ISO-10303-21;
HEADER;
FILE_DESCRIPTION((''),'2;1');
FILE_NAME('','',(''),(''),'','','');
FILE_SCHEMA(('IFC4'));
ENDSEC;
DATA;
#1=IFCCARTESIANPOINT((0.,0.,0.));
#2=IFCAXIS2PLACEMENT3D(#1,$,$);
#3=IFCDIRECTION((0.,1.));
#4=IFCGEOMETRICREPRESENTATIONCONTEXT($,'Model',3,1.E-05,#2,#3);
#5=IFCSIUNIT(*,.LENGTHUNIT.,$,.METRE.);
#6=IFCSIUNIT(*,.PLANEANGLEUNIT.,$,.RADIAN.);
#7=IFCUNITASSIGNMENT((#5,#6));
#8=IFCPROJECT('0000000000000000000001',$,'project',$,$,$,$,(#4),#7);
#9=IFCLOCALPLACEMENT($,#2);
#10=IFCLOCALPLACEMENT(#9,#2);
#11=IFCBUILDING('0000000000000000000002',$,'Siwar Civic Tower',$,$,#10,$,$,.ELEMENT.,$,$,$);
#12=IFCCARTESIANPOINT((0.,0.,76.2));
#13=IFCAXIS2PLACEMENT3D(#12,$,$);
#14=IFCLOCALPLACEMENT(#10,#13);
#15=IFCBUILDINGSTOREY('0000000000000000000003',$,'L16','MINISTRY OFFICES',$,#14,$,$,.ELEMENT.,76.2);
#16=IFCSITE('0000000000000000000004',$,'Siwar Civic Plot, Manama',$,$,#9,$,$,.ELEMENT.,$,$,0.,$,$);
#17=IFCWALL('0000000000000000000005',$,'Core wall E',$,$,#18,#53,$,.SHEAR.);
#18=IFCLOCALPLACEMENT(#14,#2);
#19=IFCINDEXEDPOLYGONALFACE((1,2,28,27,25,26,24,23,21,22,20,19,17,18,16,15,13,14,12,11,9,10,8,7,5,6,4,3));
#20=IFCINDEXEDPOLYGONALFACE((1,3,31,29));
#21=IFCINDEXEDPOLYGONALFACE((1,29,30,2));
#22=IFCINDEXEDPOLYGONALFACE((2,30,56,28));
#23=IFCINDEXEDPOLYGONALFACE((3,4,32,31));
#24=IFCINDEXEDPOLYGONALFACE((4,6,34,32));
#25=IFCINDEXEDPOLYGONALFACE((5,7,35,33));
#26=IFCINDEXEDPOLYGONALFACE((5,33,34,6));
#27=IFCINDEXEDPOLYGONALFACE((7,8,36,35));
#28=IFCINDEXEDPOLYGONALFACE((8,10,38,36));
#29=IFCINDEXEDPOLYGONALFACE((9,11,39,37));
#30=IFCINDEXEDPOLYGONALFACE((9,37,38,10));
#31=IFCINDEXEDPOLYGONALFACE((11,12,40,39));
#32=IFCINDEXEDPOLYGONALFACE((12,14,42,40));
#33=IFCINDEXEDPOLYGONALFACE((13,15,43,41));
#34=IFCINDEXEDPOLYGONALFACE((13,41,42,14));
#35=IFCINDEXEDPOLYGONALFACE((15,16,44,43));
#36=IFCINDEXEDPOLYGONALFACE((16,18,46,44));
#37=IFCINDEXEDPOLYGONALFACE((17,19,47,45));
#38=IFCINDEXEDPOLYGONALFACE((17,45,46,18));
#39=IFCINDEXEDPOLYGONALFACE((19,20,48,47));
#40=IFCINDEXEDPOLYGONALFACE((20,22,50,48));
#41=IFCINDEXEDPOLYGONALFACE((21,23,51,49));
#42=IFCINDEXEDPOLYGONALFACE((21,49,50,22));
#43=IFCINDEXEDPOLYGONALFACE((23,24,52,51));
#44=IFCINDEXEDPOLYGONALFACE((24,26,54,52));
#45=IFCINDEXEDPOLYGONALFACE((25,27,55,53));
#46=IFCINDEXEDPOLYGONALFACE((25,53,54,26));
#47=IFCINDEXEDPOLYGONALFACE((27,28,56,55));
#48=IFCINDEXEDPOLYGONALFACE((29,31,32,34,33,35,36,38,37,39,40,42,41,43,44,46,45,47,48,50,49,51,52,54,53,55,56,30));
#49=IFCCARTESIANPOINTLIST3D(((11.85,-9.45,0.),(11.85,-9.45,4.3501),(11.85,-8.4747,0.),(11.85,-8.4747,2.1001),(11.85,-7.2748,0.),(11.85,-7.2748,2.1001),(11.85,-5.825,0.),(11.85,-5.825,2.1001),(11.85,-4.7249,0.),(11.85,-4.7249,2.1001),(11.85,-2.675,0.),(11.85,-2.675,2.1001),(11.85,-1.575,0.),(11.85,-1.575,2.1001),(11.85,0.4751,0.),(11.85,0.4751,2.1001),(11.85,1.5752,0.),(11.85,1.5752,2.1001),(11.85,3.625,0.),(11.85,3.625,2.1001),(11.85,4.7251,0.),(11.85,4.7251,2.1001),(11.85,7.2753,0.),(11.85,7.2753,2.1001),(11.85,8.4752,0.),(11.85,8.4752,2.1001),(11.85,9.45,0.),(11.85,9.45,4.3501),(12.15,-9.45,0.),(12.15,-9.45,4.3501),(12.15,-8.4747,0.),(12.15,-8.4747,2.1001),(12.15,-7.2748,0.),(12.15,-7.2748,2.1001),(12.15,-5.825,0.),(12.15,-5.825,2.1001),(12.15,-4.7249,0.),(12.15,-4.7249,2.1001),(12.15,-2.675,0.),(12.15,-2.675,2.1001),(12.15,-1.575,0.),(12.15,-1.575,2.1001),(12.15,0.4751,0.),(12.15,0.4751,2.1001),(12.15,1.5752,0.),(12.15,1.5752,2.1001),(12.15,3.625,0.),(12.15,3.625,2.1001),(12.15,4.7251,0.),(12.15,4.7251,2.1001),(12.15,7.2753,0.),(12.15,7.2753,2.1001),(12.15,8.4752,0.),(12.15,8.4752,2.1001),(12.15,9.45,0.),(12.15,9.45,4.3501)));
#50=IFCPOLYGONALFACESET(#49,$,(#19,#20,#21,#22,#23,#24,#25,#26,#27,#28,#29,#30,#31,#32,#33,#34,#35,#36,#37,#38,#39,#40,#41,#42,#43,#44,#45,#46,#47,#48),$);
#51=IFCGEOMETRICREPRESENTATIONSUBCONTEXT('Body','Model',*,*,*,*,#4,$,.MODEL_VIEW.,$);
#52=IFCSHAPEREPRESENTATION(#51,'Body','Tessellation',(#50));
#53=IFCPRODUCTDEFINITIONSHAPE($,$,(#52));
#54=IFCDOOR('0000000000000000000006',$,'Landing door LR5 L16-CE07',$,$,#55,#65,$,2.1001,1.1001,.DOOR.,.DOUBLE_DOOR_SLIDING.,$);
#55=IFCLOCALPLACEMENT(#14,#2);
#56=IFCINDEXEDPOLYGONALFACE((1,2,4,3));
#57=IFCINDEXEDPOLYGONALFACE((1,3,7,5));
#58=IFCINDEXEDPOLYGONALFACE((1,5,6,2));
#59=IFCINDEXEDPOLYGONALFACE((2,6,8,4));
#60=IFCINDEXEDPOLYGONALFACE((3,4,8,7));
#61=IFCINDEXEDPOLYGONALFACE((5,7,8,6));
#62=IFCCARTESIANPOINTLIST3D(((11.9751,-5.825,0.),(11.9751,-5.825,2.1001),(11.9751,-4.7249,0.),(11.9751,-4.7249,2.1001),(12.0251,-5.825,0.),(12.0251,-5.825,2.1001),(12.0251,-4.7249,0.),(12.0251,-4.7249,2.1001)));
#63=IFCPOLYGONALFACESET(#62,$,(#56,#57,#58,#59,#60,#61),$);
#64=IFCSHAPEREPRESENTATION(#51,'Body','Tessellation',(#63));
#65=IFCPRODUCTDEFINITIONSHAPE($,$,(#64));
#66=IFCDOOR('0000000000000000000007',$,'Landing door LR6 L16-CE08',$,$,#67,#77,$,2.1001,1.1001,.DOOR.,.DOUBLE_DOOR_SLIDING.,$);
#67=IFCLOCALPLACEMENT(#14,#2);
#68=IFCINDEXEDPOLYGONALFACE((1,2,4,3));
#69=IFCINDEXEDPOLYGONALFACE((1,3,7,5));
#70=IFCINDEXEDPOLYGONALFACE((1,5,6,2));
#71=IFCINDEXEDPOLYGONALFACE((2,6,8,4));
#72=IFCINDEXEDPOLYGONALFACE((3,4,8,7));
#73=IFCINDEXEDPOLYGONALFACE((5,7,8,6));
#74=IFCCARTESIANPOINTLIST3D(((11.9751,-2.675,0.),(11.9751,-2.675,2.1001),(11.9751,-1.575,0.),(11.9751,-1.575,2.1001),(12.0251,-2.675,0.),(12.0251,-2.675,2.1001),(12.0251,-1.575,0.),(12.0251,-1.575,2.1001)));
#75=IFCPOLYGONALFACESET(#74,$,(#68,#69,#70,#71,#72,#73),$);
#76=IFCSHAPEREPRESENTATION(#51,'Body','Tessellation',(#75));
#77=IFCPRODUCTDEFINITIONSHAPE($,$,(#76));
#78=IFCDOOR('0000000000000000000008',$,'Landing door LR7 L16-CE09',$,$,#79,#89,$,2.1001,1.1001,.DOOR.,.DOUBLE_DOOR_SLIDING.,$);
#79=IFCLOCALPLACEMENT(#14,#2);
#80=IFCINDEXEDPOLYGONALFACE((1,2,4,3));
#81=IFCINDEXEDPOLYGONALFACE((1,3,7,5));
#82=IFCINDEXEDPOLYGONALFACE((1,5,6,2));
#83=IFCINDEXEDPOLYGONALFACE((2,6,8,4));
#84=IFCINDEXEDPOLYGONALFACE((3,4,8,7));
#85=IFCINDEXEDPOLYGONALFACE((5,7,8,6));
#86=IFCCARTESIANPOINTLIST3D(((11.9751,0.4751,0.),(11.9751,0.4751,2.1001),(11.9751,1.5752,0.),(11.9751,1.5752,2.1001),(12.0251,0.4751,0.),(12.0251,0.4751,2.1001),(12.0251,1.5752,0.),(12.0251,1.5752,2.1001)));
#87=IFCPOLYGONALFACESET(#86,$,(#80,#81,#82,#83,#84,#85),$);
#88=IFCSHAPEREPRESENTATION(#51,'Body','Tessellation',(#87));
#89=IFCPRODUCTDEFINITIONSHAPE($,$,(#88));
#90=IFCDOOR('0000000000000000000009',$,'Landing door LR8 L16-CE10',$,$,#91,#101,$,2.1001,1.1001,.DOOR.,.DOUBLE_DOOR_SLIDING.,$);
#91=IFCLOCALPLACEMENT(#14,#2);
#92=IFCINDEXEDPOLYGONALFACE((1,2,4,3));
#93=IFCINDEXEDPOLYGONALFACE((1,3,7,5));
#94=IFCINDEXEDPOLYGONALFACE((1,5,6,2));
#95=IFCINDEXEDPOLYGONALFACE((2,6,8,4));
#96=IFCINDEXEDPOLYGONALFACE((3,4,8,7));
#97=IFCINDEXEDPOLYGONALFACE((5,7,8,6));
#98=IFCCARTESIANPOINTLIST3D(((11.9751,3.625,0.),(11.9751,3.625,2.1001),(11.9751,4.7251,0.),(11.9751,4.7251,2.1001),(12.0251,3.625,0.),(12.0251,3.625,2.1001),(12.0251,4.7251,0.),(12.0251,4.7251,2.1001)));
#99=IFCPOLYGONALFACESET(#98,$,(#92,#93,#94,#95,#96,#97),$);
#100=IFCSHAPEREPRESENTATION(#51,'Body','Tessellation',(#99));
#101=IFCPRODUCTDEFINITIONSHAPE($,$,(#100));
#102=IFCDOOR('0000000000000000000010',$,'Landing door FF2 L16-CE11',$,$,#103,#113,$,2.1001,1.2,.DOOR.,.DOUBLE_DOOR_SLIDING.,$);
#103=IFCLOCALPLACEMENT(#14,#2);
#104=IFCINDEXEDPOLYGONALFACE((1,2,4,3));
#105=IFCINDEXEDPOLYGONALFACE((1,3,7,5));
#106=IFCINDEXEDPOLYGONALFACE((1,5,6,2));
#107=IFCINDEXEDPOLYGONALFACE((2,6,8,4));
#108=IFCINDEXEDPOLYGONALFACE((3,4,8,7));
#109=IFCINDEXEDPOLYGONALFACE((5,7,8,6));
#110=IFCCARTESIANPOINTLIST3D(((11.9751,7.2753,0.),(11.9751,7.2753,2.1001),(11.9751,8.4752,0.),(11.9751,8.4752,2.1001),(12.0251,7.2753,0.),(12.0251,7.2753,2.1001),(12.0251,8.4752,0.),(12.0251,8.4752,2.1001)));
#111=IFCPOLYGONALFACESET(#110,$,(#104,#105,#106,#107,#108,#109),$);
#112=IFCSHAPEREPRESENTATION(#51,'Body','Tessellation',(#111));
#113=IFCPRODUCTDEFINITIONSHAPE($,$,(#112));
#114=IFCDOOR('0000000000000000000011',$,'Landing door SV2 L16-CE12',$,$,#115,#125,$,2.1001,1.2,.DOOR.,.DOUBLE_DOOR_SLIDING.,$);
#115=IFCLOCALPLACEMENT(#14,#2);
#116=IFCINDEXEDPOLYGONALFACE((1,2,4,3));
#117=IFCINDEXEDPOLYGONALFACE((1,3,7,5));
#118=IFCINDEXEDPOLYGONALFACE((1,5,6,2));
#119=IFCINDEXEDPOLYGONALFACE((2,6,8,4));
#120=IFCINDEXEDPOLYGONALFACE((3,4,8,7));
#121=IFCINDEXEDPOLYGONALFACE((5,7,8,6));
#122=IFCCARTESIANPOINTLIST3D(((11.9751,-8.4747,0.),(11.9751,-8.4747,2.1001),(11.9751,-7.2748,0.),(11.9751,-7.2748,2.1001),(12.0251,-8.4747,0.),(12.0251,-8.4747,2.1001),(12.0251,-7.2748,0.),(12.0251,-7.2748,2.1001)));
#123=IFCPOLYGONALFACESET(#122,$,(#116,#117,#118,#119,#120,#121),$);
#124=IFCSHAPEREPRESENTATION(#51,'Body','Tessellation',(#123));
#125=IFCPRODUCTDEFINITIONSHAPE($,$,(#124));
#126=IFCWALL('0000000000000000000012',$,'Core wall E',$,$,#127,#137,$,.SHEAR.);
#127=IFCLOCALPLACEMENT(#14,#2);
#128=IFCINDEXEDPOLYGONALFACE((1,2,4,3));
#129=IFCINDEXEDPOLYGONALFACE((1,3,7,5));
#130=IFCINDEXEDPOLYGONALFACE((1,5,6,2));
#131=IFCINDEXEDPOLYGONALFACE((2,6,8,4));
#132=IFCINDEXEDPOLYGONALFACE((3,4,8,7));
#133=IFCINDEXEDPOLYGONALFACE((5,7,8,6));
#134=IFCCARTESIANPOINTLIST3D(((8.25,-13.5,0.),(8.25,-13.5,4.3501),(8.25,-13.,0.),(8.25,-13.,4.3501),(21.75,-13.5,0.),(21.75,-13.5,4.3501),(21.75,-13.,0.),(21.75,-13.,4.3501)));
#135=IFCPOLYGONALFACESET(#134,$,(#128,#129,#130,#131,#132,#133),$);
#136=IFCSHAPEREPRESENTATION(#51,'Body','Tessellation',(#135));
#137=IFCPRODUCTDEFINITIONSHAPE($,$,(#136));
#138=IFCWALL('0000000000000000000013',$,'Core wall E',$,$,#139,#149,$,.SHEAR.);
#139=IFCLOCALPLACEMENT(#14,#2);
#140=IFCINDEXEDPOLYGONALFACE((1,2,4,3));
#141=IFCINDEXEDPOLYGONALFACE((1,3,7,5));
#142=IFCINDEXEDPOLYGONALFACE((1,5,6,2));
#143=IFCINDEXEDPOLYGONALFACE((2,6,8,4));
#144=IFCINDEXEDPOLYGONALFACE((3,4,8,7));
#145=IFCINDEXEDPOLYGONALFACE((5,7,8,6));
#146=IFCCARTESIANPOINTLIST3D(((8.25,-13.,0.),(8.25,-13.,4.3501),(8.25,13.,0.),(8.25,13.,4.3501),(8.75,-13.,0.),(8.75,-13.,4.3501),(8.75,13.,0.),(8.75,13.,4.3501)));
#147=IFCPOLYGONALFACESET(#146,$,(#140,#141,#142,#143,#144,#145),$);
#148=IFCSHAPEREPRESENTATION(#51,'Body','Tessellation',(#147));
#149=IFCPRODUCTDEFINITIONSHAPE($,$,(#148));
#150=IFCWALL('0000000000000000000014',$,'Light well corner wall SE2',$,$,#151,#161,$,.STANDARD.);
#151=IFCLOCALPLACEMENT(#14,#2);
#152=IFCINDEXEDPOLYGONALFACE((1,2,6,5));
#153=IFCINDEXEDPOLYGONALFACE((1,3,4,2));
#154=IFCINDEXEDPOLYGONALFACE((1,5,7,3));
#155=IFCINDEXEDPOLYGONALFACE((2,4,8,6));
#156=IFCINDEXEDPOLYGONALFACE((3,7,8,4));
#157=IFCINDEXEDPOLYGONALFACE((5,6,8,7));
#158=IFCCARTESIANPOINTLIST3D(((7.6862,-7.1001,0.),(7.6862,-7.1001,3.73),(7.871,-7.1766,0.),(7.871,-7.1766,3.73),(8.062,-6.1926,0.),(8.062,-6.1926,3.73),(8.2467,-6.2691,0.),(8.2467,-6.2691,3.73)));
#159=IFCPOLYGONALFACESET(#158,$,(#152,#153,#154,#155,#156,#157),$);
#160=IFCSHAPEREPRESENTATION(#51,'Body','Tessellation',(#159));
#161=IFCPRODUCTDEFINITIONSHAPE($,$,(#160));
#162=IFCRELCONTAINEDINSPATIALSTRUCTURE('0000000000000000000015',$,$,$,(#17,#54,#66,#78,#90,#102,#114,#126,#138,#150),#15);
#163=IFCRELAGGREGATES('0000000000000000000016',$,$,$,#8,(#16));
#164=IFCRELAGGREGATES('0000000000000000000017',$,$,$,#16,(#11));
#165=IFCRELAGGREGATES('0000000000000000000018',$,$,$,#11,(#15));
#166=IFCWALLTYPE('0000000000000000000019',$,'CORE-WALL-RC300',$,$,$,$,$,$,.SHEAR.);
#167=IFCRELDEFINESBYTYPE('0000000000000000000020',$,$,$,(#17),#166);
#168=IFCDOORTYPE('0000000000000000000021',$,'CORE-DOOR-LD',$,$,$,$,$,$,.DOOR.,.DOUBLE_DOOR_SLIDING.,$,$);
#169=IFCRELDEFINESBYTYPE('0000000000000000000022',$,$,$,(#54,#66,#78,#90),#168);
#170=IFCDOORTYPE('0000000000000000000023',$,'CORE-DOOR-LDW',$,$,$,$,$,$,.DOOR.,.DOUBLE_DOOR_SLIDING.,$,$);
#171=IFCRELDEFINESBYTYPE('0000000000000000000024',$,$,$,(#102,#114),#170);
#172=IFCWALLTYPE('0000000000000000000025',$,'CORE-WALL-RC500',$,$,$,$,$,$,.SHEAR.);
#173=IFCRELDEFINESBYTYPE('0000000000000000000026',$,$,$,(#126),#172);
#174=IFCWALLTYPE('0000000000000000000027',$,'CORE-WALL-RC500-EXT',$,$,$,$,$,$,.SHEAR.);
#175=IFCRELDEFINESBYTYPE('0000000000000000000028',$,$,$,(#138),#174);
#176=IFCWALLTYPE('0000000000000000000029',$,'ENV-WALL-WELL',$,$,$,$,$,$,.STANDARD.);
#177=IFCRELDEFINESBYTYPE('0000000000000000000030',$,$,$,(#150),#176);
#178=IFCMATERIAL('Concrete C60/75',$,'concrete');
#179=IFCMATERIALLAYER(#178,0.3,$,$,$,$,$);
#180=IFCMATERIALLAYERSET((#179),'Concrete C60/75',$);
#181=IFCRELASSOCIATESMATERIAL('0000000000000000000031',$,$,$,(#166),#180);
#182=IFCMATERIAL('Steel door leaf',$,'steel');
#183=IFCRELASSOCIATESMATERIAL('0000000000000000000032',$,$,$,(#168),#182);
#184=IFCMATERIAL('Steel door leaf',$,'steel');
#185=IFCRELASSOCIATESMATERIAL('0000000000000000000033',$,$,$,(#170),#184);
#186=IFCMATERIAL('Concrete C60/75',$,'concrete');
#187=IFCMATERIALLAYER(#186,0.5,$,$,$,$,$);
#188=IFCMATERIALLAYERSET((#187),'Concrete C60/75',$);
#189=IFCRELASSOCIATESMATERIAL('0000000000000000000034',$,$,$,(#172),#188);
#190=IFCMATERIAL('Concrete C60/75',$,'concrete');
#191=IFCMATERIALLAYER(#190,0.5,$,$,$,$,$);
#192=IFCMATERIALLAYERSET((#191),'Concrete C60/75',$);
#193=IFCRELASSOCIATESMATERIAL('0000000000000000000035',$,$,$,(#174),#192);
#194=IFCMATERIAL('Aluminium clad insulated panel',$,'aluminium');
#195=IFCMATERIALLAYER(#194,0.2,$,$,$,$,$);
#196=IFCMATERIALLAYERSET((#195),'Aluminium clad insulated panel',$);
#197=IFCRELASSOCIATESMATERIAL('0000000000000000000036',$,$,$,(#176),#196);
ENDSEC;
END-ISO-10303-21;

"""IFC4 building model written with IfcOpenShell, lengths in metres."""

from ifc_helpers import new_model, si_unit, direction, frame, frame_2d, origin, place, context, subcontext, project, spatial, rectangle, extrude, material, layer, layer_set, type_object, element, fill, save


model = new_model("IFC4")

# Units and contexts
model_context = context("Model", 3, precision=1e-05, world=origin(), true_north=direction((0.0, 1.0)))
body_context = subcontext(model_context, "Body", "Model", "MODEL_VIEW")
ifc_project = project(units=[si_unit("LENGTHUNIT", "METRE"), si_unit("PLANEANGLEUNIT", "RADIAN")], contexts=[model_context])

# Site, building, storey
site_placement = place(None, origin())
site = spatial("IfcSite", under=ifc_project, at=site_placement, Name="Siwar Civic Plot, Manama", CompositionType="ELEMENT", RefElevation=0.0)
building_placement = place(site_placement, origin())
building = spatial("IfcBuilding", under=site, at=building_placement, Name="Siwar Civic Tower", CompositionType="ELEMENT")
storey_placement = place(building_placement, frame((0.0, 0.0, 76.2)))
storey = spatial("IfcBuildingStorey", under=building, at=storey_placement, Name="L16", Description="MINISTRY OFFICES", CompositionType="ELEMENT", Elevation=76.2)

# Wall, openings, doors
ifc_material_1 = material(Name="Concrete C60/75", Category="concrete")
ifc_layer_1 = layer(ifc_material_1, 0.3)
ifc_layer_set_1 = layer_set([ifc_layer_1], Name="Concrete C60/75")
wall_type_1 = type_object("IfcWallType", Name="CORE-WALL-RC300", PredefinedType="SHEAR", material=ifc_layer_set_1)
wall_1_placement = place(storey_placement, frame((12.0, -9.45, 0.0), z_axis=(0.0, 0.0, 1.0), x_axis=(0.0, 1.0, 0.0)))
wall_1 = element("IfcWall", 1, at=wall_1_placement, inside=storey, type_object=wall_type_1, Name="Core wall E", PredefinedType="SHEAR", context=body_context, shape_type="SweptSolid", body=[
    extrude(rectangle(XDim=18.8999, YDim=0.3, at=frame_2d((9.45, 0.0))), origin(), (0.0, 0.0, 1.0), 4.3501),
])
opening_1_placement = place(wall_1_placement, frame((3.625, 0.0, 0.0)))
opening_1 = element("IfcOpeningElement", 2, at=opening_1_placement, cuts=wall_1, PredefinedType="OPENING", context=body_context, shape_type="SweptSolid", body=[
    extrude(rectangle(XDim=1.1001, YDim=2.1001, at=frame_2d((0.55, 1.05))), frame((0.0, 0.1602, 0.0), z_axis=(0.0, -1.0, 0.0), x_axis=(1.0, 0.0, 0.0)), (0.0, 0.0, 1.0), 0.3201),
])
opening_2_placement = place(wall_1_placement, frame((6.7749, 0.0, 0.0)))
opening_2 = element("IfcOpeningElement", 3, at=opening_2_placement, cuts=wall_1, PredefinedType="OPENING", context=body_context, shape_type="SweptSolid", body=[
    extrude(rectangle(XDim=1.1001, YDim=2.1001, at=frame_2d((0.55, 1.05))), frame((0.0, 0.1602, 0.0), z_axis=(0.0, -1.0, 0.0), x_axis=(1.0, 0.0, 0.0)), (0.0, 0.0, 1.0), 0.3201),
])
opening_3_placement = place(wall_1_placement, frame((9.925, 0.0, 0.0)))
opening_3 = element("IfcOpeningElement", 4, at=opening_3_placement, cuts=wall_1, PredefinedType="OPENING", context=body_context, shape_type="SweptSolid", body=[
    extrude(rectangle(XDim=1.1001, YDim=2.1001, at=frame_2d((0.55, 1.05))), frame((0.0, 0.1602, 0.0), z_axis=(0.0, -1.0, 0.0), x_axis=(1.0, 0.0, 0.0)), (0.0, 0.0, 1.0), 0.3201),
])
opening_4_placement = place(wall_1_placement, frame((13.075, 0.0, 0.0)))
opening_4 = element("IfcOpeningElement", 5, at=opening_4_placement, cuts=wall_1, PredefinedType="OPENING", context=body_context, shape_type="SweptSolid", body=[
    extrude(rectangle(XDim=1.1001, YDim=2.1001, at=frame_2d((0.55, 1.05))), frame((0.0, 0.1602, 0.0), z_axis=(0.0, -1.0, 0.0), x_axis=(1.0, 0.0, 0.0)), (0.0, 0.0, 1.0), 0.3201),
])
opening_5_placement = place(wall_1_placement, frame((16.7251, 0.0, 0.0)))
opening_5 = element("IfcOpeningElement", 6, at=opening_5_placement, cuts=wall_1, PredefinedType="OPENING", context=body_context, shape_type="SweptSolid", body=[
    extrude(rectangle(XDim=1.2, YDim=2.1001, at=frame_2d((0.6001, 1.05))), frame((0.0, 0.1602, 0.0), z_axis=(0.0, -1.0, 0.0), x_axis=(1.0, 0.0, 0.0)), (0.0, 0.0, 1.0), 0.3201),
])
opening_6_placement = place(wall_1_placement, frame((0.9751, 0.0, 0.0)))
opening_6 = element("IfcOpeningElement", 7, at=opening_6_placement, cuts=wall_1, PredefinedType="OPENING", context=body_context, shape_type="SweptSolid", body=[
    extrude(rectangle(XDim=1.2, YDim=2.1001, at=frame_2d((0.6001, 1.05))), frame((0.0, 0.1602, 0.0), z_axis=(0.0, -1.0, 0.0), x_axis=(1.0, 0.0, 0.0)), (0.0, 0.0, 1.0), 0.3201),
])
ifc_material_2 = material(Name="Steel door leaf", Category="steel")
door_type_1 = type_object("IfcDoorType", Name="CORE-DOOR-LD", OperationType="DOUBLE_DOOR_SLIDING", PredefinedType="DOOR", material=ifc_material_2)
door_1_placement = place(opening_1_placement, origin())
door_1 = element("IfcDoor", 8, at=door_1_placement, inside=storey, type_object=door_type_1, Name="Landing door LR5 L16-CE07", OperationType="DOUBLE_DOOR_SLIDING", OverallHeight=2.1001, OverallWidth=1.1001, PredefinedType="DOOR", context=body_context, shape_type="SweptSolid", body=[
    extrude(rectangle(XDim=1.1001, YDim=2.1001, at=frame_2d((0.55, 1.05))), frame((0.0, 0.0249, 0.0), z_axis=(0.0, -1.0, 0.0), x_axis=(1.0, 0.0, 0.0)), (0.0, 0.0, 1.0), 0.05),
])
fill(opening_1, door_1)
door_2_placement = place(opening_2_placement, origin())
door_2 = element("IfcDoor", 9, at=door_2_placement, inside=storey, type_object=door_type_1, Name="Landing door LR6 L16-CE08", OperationType="DOUBLE_DOOR_SLIDING", OverallHeight=2.1001, OverallWidth=1.1001, PredefinedType="DOOR", context=body_context, shape_type="SweptSolid", body=[
    extrude(rectangle(XDim=1.1001, YDim=2.1001, at=frame_2d((0.55, 1.05))), frame((0.0, 0.0249, 0.0), z_axis=(0.0, -1.0, 0.0), x_axis=(1.0, 0.0, 0.0)), (0.0, 0.0, 1.0), 0.05),
])
fill(opening_2, door_2)
door_3_placement = place(opening_3_placement, origin())
door_3 = element("IfcDoor", 10, at=door_3_placement, inside=storey, type_object=door_type_1, Name="Landing door LR7 L16-CE09", OperationType="DOUBLE_DOOR_SLIDING", OverallHeight=2.1001, OverallWidth=1.1001, PredefinedType="DOOR", context=body_context, shape_type="SweptSolid", body=[
    extrude(rectangle(XDim=1.1001, YDim=2.1001, at=frame_2d((0.55, 1.05))), frame((0.0, 0.0249, 0.0), z_axis=(0.0, -1.0, 0.0), x_axis=(1.0, 0.0, 0.0)), (0.0, 0.0, 1.0), 0.05),
])
fill(opening_3, door_3)
door_4_placement = place(opening_4_placement, origin())
door_4 = element("IfcDoor", 11, at=door_4_placement, inside=storey, type_object=door_type_1, Name="Landing door LR8 L16-CE10", OperationType="DOUBLE_DOOR_SLIDING", OverallHeight=2.1001, OverallWidth=1.1001, PredefinedType="DOOR", context=body_context, shape_type="SweptSolid", body=[
    extrude(rectangle(XDim=1.1001, YDim=2.1001, at=frame_2d((0.55, 1.05))), frame((0.0, 0.0249, 0.0), z_axis=(0.0, -1.0, 0.0), x_axis=(1.0, 0.0, 0.0)), (0.0, 0.0, 1.0), 0.05),
])
fill(opening_4, door_4)
ifc_material_3 = material(Name="Steel door leaf", Category="steel")
door_type_2 = type_object("IfcDoorType", Name="CORE-DOOR-LDW", OperationType="DOUBLE_DOOR_SLIDING", PredefinedType="DOOR", material=ifc_material_3)
door_5_placement = place(opening_5_placement, origin())
door_5 = element("IfcDoor", 12, at=door_5_placement, inside=storey, type_object=door_type_2, Name="Landing door FF2 L16-CE11", OperationType="DOUBLE_DOOR_SLIDING", OverallHeight=2.1001, OverallWidth=1.2, PredefinedType="DOOR", context=body_context, shape_type="SweptSolid", body=[
    extrude(rectangle(XDim=1.2, YDim=2.1001, at=frame_2d((0.6001, 1.05))), frame((0.0, 0.0249, 0.0), z_axis=(0.0, -1.0, 0.0), x_axis=(1.0, 0.0, 0.0)), (0.0, 0.0, 1.0), 0.05),
])
fill(opening_5, door_5)
door_6_placement = place(opening_6_placement, origin())
door_6 = element("IfcDoor", 13, at=door_6_placement, inside=storey, type_object=door_type_2, Name="Landing door SV2 L16-CE12", OperationType="DOUBLE_DOOR_SLIDING", OverallHeight=2.1001, OverallWidth=1.2, PredefinedType="DOOR", context=body_context, shape_type="SweptSolid", body=[
    extrude(rectangle(XDim=1.2, YDim=2.1001, at=frame_2d((0.6001, 1.05))), frame((0.0, 0.0249, 0.0), z_axis=(0.0, -1.0, 0.0), x_axis=(1.0, 0.0, 0.0)), (0.0, 0.0, 1.0), 0.05),
])
fill(opening_6, door_6)

# Walls
ifc_material_4 = material(Name="Concrete C60/75", Category="concrete")
ifc_layer_2 = layer(ifc_material_4, 0.5)
ifc_layer_set_2 = layer_set([ifc_layer_2], Name="Concrete C60/75")
wall_type_2 = type_object("IfcWallType", Name="CORE-WALL-RC500", PredefinedType="SHEAR", material=ifc_layer_set_2)
wall_2_placement = place(storey_placement, frame((8.25, -13.25, 0.0), z_axis=(0.0, 0.0, 1.0), x_axis=(1.0, 0.0, 0.0)))
element("IfcWall", 14, at=wall_2_placement, inside=storey, type_object=wall_type_2, Name="Core wall E", PredefinedType="SHEAR", context=body_context, shape_type="SweptSolid", body=[
    extrude(rectangle(XDim=13.5, YDim=0.5, at=frame_2d((6.75, 0.0))), origin(), (0.0, 0.0, 1.0), 4.3501),
])
ifc_material_5 = material(Name="Concrete C60/75", Category="concrete")
ifc_layer_3 = layer(ifc_material_5, 0.5)
ifc_layer_set_3 = layer_set([ifc_layer_3], Name="Concrete C60/75")
wall_type_3 = type_object("IfcWallType", Name="CORE-WALL-RC500-EXT", PredefinedType="SHEAR", material=ifc_layer_set_3)
wall_3_placement = place(storey_placement, frame((8.5, -13.0, 0.0), z_axis=(0.0, 0.0, 1.0), x_axis=(0.0, 1.0, 0.0)))
element("IfcWall", 15, at=wall_3_placement, inside=storey, type_object=wall_type_3, Name="Core wall E", PredefinedType="SHEAR", context=body_context, shape_type="SweptSolid", body=[
    extrude(rectangle(XDim=26.0, YDim=0.5, at=frame_2d((13.0, 0.0))), origin(), (0.0, 0.0, 1.0), 4.3501),
])
ifc_material_6 = material(Name="Aluminium clad insulated panel", Category="aluminium")
ifc_layer_4 = layer(ifc_material_6, 0.2)
ifc_layer_set_4 = layer_set([ifc_layer_4], Name="Aluminium clad insulated panel")
wall_type_4 = type_object("IfcWallType", Name="ENV-WALL-WELL", PredefinedType="STANDARD", material=ifc_layer_set_4)
wall_4_placement = place(storey_placement, frame((7.7786, -7.1384, 0.0), z_axis=(0.0, 0.0, 1.0), x_axis=(0.382549, 0.923935, 0.0)))
element("IfcWall", 16, at=wall_4_placement, inside=storey, type_object=wall_type_4, Name="Light well corner wall SE2", PredefinedType="STANDARD", context=body_context, shape_type="SweptSolid", body=[
    extrude(rectangle(XDim=0.9822, YDim=0.2, at=frame_2d((0.4912, 0.0))), origin(), (0.0, 0.0, 1.0), 3.73),
])

save(model, "model.ifc")
